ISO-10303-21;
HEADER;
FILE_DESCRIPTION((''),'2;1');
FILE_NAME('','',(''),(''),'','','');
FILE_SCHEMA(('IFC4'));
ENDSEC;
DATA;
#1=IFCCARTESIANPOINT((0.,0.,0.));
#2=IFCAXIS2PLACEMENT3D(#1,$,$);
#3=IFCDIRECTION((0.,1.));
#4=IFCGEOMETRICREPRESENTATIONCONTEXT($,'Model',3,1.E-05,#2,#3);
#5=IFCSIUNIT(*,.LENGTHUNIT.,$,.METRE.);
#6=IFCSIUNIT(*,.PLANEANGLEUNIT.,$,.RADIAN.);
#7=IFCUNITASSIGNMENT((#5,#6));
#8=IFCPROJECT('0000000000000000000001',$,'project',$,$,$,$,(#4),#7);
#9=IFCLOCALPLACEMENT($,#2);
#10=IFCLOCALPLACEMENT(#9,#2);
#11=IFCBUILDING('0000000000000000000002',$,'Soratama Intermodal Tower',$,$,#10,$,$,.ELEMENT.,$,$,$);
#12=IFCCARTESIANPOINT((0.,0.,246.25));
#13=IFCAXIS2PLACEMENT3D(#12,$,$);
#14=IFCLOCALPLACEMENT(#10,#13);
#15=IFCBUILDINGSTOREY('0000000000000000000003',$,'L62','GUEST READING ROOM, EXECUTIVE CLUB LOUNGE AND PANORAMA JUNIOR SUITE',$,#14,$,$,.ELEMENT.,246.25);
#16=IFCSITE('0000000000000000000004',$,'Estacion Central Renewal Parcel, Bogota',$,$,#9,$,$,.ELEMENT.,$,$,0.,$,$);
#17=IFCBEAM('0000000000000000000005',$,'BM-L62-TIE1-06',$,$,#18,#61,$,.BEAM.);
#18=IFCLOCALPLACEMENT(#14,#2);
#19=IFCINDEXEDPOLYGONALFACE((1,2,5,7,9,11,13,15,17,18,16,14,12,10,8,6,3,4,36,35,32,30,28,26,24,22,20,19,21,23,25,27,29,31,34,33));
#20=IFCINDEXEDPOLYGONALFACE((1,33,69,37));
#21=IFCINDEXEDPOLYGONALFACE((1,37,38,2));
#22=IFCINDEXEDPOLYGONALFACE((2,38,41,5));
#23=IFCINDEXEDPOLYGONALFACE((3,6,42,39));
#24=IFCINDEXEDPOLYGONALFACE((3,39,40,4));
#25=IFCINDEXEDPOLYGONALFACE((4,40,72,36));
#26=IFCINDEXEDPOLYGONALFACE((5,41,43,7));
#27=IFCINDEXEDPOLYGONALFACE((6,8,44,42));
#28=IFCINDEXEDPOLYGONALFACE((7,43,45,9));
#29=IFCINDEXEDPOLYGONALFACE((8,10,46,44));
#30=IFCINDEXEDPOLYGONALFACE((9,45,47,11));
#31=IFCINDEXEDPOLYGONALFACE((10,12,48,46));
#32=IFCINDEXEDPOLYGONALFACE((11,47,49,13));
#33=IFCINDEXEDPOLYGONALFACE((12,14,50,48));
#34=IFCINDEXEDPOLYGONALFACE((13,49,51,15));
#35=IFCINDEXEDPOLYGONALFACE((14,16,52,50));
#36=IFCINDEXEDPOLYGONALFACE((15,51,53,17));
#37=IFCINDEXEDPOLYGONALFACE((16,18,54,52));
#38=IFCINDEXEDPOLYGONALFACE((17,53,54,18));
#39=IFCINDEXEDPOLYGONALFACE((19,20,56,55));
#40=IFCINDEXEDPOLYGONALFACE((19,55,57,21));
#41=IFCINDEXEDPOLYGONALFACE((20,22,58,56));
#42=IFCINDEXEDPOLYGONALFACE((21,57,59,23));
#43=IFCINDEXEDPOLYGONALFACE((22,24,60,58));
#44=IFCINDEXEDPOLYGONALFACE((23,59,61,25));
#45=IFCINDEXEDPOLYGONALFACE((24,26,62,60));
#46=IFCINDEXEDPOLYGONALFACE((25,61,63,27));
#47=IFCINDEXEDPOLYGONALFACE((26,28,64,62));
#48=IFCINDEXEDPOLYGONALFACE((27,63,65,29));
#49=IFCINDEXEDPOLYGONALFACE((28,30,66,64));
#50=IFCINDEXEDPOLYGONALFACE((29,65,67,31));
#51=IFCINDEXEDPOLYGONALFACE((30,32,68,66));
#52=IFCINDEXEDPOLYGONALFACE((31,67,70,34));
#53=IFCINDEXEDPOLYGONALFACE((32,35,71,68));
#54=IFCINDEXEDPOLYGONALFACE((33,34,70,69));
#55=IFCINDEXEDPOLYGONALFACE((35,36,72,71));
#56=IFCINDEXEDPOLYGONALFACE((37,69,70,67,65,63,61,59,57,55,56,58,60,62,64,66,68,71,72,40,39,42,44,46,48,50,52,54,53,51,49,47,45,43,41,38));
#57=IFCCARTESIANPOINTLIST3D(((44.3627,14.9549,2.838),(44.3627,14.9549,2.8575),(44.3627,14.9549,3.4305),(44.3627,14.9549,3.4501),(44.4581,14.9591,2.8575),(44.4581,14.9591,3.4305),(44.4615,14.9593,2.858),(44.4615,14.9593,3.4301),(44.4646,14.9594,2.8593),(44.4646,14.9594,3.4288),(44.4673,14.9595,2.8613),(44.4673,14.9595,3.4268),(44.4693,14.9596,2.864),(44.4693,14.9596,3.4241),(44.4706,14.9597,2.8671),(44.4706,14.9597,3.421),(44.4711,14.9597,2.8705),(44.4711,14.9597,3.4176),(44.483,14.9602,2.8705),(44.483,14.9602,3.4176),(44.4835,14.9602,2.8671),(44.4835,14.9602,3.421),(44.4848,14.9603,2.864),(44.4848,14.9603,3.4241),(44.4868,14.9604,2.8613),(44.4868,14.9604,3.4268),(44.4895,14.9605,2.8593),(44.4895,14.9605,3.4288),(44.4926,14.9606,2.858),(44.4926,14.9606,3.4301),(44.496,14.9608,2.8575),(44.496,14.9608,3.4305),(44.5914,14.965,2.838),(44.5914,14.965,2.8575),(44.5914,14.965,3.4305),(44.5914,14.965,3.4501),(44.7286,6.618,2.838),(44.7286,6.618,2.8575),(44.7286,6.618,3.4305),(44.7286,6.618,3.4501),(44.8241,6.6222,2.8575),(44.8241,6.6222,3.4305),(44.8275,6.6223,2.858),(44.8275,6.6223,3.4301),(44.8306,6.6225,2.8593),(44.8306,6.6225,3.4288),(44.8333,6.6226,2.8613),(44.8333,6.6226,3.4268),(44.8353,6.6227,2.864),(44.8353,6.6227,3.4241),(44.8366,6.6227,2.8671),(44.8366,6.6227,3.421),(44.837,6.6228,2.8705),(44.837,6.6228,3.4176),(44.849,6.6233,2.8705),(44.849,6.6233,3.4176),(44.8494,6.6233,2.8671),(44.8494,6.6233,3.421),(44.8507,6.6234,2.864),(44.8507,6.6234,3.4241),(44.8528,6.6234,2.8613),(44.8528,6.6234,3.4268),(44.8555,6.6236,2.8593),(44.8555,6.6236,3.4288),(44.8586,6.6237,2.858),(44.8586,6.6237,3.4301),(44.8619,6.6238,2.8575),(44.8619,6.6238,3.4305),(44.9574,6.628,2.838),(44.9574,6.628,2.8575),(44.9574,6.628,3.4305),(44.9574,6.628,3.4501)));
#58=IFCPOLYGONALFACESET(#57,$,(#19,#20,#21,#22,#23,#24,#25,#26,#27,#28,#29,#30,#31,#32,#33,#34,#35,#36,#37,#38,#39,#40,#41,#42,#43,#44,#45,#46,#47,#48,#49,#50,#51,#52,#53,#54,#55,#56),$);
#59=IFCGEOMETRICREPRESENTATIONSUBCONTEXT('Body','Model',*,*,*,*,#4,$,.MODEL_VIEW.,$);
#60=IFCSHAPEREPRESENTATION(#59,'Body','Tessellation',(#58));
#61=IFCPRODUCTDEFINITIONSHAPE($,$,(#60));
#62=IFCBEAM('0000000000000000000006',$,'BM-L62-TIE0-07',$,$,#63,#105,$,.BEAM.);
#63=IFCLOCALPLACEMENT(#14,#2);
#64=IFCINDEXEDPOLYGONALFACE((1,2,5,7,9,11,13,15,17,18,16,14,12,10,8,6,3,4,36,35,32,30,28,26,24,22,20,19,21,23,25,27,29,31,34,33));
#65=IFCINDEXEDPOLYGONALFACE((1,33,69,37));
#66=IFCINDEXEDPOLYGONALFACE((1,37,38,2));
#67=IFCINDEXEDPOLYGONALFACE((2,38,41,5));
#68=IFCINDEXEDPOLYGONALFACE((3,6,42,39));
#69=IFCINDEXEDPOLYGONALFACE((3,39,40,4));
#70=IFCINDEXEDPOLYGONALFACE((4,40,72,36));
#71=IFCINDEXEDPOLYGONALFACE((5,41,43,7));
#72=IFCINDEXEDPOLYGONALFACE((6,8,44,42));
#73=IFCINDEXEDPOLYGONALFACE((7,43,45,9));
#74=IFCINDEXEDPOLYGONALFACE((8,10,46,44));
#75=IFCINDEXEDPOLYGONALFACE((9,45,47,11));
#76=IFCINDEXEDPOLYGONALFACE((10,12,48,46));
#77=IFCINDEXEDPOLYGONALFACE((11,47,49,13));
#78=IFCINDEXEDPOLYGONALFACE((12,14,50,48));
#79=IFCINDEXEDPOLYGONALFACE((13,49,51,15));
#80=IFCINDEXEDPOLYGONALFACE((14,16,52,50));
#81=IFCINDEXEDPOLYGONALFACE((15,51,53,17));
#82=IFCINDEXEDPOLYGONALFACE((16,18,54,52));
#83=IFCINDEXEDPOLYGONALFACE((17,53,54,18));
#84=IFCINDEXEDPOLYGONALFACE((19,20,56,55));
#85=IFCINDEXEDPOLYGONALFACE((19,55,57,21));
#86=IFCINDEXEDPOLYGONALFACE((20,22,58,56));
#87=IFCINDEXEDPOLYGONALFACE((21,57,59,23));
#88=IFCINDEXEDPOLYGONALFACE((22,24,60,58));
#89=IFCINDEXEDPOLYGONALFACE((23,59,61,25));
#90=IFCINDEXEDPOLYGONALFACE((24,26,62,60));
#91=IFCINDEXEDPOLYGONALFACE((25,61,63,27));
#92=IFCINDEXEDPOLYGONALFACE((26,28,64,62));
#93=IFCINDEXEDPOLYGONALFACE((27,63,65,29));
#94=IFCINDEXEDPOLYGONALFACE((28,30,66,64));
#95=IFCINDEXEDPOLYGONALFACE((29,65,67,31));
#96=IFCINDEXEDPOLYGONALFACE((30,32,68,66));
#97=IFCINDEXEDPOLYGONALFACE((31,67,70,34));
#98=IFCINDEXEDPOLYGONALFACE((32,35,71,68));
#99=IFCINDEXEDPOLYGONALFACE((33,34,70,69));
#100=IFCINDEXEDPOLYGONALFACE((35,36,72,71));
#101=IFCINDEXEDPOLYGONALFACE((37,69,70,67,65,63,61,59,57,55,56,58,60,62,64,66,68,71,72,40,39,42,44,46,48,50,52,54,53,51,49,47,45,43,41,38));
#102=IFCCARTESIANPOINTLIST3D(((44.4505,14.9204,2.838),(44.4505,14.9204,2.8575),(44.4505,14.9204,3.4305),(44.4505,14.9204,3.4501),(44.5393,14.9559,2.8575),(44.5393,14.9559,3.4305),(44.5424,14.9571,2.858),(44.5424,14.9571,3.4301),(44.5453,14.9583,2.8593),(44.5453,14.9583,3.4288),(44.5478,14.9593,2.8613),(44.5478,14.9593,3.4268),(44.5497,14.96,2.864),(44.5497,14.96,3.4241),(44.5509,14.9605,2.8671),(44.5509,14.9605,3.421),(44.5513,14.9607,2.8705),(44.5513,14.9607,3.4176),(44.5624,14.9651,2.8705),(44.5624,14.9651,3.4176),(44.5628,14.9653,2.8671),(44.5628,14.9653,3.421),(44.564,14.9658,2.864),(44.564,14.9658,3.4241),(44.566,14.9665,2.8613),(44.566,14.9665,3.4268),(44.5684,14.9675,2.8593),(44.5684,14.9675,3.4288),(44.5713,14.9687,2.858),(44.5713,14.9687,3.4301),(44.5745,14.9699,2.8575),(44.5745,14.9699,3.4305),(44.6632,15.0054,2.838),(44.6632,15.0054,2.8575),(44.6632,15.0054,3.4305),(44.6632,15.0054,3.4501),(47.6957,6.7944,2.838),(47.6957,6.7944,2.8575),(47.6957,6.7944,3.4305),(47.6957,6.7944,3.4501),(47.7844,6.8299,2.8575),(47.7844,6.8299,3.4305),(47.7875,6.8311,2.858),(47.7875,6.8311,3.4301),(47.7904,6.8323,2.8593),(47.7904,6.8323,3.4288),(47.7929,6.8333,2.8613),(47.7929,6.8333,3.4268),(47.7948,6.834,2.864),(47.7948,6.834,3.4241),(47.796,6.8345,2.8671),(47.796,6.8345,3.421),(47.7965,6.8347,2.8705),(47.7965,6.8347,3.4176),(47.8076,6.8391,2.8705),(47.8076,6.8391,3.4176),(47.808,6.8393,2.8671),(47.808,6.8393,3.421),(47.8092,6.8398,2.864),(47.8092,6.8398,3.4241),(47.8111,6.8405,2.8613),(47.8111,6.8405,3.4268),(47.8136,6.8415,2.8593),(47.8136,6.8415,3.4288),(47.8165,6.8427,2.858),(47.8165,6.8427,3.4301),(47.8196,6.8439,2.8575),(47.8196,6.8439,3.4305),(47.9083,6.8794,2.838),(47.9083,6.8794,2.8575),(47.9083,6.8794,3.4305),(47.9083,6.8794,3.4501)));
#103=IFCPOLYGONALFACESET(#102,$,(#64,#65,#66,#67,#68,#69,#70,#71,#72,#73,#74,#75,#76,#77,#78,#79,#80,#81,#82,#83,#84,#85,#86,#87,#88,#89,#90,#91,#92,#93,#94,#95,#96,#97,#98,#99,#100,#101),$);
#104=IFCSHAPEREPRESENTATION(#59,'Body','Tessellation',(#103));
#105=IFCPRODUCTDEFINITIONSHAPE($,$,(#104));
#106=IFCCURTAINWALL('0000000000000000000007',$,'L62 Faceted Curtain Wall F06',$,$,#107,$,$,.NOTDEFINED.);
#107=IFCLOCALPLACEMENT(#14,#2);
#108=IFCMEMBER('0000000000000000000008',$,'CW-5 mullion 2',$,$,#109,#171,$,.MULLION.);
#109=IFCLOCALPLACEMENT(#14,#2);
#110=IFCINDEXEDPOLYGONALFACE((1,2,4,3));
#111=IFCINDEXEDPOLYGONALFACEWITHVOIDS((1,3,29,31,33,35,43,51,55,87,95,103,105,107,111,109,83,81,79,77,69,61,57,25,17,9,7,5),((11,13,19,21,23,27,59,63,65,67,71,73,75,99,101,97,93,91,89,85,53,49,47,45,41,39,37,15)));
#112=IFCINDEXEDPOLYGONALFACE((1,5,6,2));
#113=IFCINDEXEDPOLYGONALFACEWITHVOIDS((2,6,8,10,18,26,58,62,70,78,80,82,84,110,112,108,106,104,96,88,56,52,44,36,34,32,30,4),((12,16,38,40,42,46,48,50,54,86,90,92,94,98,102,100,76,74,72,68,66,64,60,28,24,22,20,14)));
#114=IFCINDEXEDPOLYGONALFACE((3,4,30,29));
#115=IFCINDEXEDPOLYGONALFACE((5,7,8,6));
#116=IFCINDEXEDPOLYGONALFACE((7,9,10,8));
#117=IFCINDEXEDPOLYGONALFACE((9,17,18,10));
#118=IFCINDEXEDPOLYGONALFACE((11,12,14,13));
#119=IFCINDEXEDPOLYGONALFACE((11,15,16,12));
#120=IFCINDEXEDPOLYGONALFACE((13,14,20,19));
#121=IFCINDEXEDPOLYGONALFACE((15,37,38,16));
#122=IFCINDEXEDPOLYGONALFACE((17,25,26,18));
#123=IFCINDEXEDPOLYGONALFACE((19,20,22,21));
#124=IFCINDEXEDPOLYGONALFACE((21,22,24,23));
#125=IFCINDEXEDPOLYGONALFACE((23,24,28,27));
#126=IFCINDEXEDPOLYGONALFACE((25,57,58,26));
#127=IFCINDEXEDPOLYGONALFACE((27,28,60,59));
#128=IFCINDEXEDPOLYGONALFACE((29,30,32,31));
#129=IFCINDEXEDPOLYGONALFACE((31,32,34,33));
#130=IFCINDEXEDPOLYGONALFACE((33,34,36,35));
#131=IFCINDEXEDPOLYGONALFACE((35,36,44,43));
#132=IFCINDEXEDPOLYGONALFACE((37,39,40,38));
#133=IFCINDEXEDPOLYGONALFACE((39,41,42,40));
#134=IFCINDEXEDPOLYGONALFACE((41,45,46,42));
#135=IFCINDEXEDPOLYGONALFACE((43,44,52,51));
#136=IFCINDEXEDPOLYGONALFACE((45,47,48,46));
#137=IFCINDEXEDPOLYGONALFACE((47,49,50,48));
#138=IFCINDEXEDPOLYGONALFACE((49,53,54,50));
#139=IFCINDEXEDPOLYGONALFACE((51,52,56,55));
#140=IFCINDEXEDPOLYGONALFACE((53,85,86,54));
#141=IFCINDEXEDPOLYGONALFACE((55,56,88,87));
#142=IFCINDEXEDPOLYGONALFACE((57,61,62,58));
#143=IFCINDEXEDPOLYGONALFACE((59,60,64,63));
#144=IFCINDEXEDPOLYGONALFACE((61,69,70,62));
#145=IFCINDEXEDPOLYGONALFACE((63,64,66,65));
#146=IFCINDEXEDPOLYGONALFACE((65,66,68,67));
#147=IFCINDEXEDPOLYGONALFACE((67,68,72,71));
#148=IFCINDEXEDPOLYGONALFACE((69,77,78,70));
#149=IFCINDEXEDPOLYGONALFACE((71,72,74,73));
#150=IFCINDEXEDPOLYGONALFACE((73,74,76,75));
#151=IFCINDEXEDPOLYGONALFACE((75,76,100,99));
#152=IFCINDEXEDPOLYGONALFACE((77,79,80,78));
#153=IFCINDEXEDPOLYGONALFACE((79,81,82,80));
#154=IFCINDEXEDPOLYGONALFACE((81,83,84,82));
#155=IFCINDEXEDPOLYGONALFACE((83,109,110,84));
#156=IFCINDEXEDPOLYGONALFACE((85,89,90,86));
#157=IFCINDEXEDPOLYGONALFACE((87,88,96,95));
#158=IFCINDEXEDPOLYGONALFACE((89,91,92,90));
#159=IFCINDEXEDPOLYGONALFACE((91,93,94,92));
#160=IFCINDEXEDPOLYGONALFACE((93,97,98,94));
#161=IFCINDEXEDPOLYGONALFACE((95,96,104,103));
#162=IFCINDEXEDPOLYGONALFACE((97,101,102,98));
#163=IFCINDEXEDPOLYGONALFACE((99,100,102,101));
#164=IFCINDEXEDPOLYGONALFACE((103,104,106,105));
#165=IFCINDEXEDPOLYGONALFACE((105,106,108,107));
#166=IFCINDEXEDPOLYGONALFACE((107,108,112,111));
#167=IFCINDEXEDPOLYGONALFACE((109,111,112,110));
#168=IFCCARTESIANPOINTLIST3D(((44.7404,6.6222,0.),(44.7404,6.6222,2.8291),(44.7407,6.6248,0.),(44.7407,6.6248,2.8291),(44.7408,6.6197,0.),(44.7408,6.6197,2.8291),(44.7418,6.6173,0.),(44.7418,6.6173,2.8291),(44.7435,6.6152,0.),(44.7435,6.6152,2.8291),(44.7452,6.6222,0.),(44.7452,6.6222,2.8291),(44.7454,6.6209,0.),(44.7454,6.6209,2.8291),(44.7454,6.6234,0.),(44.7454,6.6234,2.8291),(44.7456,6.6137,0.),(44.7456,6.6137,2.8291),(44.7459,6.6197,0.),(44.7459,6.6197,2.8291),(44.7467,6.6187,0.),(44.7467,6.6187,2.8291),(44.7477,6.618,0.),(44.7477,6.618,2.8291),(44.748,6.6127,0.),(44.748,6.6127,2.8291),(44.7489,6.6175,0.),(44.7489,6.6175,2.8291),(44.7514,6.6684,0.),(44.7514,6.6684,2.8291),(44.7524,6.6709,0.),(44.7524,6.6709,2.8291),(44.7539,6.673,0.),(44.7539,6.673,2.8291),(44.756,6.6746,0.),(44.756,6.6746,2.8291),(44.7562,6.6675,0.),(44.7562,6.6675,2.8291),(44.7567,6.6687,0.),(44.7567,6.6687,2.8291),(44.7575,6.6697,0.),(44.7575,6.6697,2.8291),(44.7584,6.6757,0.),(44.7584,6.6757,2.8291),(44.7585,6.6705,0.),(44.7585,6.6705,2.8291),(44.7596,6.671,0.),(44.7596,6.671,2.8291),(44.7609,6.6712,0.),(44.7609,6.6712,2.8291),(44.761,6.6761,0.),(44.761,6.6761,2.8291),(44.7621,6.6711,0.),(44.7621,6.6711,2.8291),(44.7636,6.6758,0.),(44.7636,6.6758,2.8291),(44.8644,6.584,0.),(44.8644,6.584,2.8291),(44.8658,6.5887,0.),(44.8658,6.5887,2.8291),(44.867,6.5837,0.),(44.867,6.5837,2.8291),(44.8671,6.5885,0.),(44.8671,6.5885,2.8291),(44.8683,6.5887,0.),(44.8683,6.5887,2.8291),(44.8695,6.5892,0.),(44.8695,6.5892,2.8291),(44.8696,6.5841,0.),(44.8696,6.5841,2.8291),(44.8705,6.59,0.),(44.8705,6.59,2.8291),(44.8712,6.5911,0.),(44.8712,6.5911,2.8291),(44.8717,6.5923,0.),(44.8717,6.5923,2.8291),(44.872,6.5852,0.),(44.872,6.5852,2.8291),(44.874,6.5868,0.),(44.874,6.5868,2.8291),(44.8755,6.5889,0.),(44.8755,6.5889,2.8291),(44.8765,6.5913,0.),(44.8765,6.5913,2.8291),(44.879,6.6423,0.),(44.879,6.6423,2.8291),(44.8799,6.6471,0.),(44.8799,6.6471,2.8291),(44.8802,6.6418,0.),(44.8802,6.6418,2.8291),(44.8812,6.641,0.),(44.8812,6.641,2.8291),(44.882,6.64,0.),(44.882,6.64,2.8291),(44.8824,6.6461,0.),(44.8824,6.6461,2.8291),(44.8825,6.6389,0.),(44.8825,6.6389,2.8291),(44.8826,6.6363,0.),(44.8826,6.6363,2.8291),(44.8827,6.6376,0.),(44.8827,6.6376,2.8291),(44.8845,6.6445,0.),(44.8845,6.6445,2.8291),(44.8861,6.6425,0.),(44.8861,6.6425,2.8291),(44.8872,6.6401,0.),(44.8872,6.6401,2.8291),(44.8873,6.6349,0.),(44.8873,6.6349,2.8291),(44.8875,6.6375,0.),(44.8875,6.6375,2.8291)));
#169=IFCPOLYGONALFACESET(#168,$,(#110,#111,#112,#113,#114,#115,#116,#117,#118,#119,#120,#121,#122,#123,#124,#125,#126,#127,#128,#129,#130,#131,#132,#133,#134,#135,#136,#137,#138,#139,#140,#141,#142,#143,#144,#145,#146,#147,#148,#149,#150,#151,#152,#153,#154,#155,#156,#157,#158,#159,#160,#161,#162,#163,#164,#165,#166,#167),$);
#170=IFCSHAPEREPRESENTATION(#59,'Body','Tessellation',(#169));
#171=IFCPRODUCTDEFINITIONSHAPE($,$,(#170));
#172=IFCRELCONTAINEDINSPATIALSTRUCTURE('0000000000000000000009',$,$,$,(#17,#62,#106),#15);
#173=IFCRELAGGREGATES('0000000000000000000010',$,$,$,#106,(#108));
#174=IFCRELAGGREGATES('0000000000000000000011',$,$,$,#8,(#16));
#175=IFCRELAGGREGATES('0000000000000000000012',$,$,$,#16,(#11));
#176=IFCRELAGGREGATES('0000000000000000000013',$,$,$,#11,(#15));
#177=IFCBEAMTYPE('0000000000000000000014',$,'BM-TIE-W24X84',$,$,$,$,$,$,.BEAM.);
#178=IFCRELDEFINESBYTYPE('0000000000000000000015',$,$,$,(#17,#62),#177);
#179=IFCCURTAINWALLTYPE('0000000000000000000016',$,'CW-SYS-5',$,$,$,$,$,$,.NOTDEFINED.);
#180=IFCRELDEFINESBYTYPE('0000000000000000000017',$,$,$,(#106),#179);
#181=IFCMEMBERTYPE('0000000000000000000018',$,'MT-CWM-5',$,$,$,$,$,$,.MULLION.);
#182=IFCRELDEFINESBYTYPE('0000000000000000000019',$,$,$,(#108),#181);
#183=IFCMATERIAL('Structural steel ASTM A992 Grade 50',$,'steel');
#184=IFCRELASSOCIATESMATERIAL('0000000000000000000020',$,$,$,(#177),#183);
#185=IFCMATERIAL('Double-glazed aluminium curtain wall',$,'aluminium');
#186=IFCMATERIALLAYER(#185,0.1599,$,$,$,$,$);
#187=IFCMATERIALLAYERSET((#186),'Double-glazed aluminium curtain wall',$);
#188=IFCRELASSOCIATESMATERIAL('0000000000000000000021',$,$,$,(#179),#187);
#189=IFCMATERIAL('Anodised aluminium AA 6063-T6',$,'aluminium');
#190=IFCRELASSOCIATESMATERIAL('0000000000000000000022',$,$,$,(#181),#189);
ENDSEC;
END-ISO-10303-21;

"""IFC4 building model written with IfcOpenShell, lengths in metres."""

from ifc_helpers import new_model, si_unit, direction, frame, origin, origin_2d, place, context, subcontext, project, spatial, hollow_rectangle, i_section, extrude, material, layer, layer_set, material_profile, profile_set, type_object, element, aggregate, save


model = new_model("IFC4")

# Units and contexts
model_context = context("Model", 3, precision=1e-05, world=origin(), true_north=direction((0.0, 1.0)))
body_context = subcontext(model_context, "Body", "Model", "MODEL_VIEW")
ifc_project = project(units=[si_unit("LENGTHUNIT", "METRE"), si_unit("PLANEANGLEUNIT", "RADIAN")], contexts=[model_context])

# Site, building, storey
site_placement = place(None, origin())
site = spatial("IfcSite", under=ifc_project, at=site_placement, Name="Estacion Central Renewal Parcel, Bogota", CompositionType="ELEMENT", RefElevation=0.0)
building_placement = place(site_placement, origin())
building = spatial("IfcBuilding", under=site, at=building_placement, Name="Soratama Intermodal Tower", CompositionType="ELEMENT")
storey_placement = place(building_placement, frame((0.0, 0.0, 246.25)))
storey = spatial("IfcBuildingStorey", under=building, at=storey_placement, Name="L62", Description="GUEST READING ROOM, EXECUTIVE CLUB LOUNGE AND PANORAMA JUNIOR SUITE", CompositionType="ELEMENT", Elevation=246.25)

# Beams
ifc_material_1 = material(Name="Structural steel ASTM A992 Grade 50", Category="steel")
ifc_material_profile_1 = material_profile(ifc_material_1, i_section(OverallWidth=0.229, OverallDepth=0.6121, WebThickness=0.012, FlangeThickness=0.0195, FilletRadius=0.0129, at=origin_2d()), Name="W24X84")
ifc_profile_set_1 = profile_set([ifc_material_profile_1], Name="Structural steel ASTM A992 Grade 50")
beam_type_1 = type_object("IfcBeamType", Name="BM-TIE-W24X84", PredefinedType="BEAM", material=ifc_profile_set_1)
beam_1_placement = place(storey_placement, frame((44.4771, 14.96, 3.144), z_axis=(0.043855, -0.999038, 0.0), x_axis=(0.999038, 0.043855, 0.0)))
element("IfcBeam", 1, at=beam_1_placement, inside=storey, type_object=beam_type_1, Name="BM-L62-TIE1-06", PredefinedType="BEAM", context=body_context, shape_type="SweptSolid", body=[
    extrude(i_section(OverallWidth=0.229, OverallDepth=0.6121, WebThickness=0.012, FlangeThickness=0.0195, FilletRadius=0.0129, at=origin_2d()), origin(), (0.0, 0.0, 1.0), 8.345),
])
beam_2_placement = place(storey_placement, frame((44.5569, 14.9629, 3.144), z_axis=(0.370871, -0.928684, 0.0), x_axis=(0.928684, 0.370871, 0.0)))
element("IfcBeam", 2, at=beam_2_placement, inside=storey, type_object=beam_type_1, Name="BM-L62-TIE0-07", PredefinedType="BEAM", context=body_context, shape_type="SweptSolid", body=[
    extrude(i_section(OverallWidth=0.229, OverallDepth=0.6121, WebThickness=0.012, FlangeThickness=0.0195, FilletRadius=0.0129, at=origin_2d()), origin(), (0.0, 0.0, 1.0), 8.75),
])

# Curtain wall, member
ifc_material_2 = material(Name="Double-glazed aluminium curtain wall", Category="aluminium")
ifc_layer_1 = layer(ifc_material_2, 0.1599)
ifc_layer_set_1 = layer_set([ifc_layer_1], Name="Double-glazed aluminium curtain wall")
curtain_wall_type = type_object("IfcCurtainWallType", Name="CW-SYS-5", PredefinedType="NOTDEFINED", material=ifc_layer_set_1)
curtain_wall_1_placement = place(storey_placement, origin())
curtain_wall_1 = element("IfcCurtainWall", 3, at=curtain_wall_1_placement, inside=storey, type_object=curtain_wall_type, Name="L62 Faceted Curtain Wall F06", PredefinedType="NOTDEFINED")
ifc_material_3 = material(Name="Anodised aluminium AA 6063-T6", Category="aluminium")
ifc_material_profile_2 = material_profile(ifc_material_3, hollow_rectangle(XDim=0.0649, YDim=0.1399, WallThickness=0.0049, InnerFilletRadius=0.0049, OuterFilletRadius=0.01, at=origin_2d()), Name="CWM140X65X5")
ifc_profile_set_2 = profile_set([ifc_material_profile_2], Name="Anodised aluminium AA 6063-T6")
member_type_1 = type_object("IfcMemberType", Name="MT-CWM-5", PredefinedType="MULLION", material=ifc_profile_set_2)
member_1_placement = place(storey_placement, frame((44.814, 6.6299, 0.0), z_axis=(0.0, 0.0, 1.0), x_axis=(0.239548, 0.970885, 0.0)))
member_1 = element("IfcMember", 4, at=member_1_placement, type_object=member_type_1, Name="CW-5 mullion 2", PredefinedType="MULLION", context=body_context, shape_type="SweptSolid", body=[
    extrude(hollow_rectangle(XDim=0.0649, YDim=0.1399, WallThickness=0.0049, InnerFilletRadius=0.0049, OuterFilletRadius=0.01, at=origin_2d()), origin(), (0.0, 0.0, 1.0), 2.8291),
])
aggregate(curtain_wall_1, [member_1])

save(model, "model.ifc")
